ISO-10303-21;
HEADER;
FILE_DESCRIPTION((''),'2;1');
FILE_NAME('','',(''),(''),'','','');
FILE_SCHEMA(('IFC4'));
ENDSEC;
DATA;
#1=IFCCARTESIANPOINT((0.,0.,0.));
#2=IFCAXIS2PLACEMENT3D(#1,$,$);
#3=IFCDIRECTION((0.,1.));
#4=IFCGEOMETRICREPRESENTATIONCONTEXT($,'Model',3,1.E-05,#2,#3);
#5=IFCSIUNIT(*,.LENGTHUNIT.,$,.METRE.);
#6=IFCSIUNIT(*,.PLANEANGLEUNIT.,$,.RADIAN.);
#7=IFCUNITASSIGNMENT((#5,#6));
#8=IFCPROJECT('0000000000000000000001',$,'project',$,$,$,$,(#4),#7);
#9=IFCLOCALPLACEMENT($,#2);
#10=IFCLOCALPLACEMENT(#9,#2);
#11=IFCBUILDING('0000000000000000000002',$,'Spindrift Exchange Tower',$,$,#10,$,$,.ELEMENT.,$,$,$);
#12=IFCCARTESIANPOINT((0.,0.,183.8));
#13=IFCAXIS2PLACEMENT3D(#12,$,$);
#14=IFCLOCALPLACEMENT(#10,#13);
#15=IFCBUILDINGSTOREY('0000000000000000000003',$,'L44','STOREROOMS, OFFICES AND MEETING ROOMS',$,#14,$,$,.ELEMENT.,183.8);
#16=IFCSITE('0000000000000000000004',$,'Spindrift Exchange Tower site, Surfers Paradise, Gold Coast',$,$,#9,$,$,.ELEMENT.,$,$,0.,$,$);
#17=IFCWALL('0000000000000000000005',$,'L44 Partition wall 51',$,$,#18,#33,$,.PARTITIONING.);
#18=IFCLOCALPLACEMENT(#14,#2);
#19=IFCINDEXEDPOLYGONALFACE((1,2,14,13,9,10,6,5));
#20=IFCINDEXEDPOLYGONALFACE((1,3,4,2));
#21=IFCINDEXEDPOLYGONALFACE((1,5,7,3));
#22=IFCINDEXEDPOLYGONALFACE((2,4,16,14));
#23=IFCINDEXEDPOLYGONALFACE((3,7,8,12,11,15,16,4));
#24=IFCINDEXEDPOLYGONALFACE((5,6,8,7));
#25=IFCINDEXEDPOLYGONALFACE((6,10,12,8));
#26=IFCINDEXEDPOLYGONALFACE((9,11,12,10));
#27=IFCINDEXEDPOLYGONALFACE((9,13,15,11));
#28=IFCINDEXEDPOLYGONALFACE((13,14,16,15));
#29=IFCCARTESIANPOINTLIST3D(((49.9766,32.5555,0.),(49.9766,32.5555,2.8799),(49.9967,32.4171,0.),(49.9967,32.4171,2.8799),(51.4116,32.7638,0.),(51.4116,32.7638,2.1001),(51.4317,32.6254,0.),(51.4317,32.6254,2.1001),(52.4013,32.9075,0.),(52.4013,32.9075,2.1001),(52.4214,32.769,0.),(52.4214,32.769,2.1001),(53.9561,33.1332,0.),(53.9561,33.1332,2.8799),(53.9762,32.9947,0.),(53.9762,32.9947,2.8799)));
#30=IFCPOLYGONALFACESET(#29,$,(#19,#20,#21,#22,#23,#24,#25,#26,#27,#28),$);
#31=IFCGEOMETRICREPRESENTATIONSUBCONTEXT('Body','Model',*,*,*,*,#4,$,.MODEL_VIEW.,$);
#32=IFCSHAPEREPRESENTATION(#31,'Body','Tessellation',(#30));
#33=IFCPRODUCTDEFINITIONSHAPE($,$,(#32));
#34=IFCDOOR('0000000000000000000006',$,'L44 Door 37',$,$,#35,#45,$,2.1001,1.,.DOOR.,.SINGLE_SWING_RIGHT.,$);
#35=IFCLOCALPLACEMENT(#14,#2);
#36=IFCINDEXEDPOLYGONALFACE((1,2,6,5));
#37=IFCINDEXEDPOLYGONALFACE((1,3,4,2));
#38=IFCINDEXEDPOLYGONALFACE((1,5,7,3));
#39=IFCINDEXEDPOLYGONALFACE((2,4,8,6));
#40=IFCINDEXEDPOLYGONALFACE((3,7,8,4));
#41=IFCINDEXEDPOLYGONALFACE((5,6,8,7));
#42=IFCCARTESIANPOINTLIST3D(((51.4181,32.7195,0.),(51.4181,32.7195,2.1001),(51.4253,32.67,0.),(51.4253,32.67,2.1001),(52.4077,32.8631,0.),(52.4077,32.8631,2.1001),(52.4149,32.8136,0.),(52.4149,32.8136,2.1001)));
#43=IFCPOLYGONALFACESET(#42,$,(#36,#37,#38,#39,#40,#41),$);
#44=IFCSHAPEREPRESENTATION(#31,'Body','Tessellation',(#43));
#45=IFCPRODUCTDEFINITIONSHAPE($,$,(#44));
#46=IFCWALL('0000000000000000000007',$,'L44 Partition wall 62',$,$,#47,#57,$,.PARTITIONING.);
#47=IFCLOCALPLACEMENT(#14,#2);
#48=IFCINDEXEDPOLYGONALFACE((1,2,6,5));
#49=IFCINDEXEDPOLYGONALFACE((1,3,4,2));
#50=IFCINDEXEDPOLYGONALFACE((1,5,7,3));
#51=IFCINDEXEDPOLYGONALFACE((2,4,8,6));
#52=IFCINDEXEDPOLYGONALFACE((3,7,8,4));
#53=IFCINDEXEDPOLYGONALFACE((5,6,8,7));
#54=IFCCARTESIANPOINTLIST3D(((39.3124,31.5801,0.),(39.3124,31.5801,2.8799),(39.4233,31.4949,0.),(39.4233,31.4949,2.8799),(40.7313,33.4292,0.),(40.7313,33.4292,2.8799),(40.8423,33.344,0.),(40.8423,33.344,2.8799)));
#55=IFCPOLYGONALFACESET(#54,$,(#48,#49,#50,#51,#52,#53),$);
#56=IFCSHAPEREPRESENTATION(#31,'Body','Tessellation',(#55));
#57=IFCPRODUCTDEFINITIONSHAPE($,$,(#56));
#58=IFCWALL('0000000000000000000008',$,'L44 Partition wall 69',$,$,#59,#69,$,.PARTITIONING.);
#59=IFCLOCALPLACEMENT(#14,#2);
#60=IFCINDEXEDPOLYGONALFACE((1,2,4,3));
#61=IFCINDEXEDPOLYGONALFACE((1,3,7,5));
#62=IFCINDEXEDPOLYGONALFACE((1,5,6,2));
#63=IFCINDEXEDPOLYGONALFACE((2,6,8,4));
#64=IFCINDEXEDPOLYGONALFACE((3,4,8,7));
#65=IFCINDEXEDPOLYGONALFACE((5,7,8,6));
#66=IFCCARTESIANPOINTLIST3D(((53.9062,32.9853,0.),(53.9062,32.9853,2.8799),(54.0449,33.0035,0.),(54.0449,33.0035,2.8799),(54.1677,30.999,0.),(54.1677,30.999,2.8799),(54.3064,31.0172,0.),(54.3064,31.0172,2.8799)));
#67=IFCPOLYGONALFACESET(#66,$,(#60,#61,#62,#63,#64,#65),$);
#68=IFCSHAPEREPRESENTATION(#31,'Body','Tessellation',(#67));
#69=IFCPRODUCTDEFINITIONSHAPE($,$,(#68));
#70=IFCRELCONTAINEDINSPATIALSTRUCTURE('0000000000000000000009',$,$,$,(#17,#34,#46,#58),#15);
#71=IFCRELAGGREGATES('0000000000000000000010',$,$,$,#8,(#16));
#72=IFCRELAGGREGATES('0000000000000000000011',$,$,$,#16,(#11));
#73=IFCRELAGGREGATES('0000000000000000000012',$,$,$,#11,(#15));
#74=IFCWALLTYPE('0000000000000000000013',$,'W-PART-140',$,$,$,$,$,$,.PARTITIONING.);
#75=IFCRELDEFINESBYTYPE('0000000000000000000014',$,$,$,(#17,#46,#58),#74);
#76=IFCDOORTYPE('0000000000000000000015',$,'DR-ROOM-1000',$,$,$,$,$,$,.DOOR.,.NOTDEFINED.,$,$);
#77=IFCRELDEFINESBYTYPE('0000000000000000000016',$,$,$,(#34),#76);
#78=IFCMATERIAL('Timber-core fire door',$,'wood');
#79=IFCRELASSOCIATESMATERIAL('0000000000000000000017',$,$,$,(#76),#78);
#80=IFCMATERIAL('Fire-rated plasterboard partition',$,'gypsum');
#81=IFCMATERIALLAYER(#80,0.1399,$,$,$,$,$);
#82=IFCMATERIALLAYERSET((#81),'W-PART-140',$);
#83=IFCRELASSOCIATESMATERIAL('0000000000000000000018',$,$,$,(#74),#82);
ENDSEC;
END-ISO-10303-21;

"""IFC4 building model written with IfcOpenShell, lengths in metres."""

from ifc_helpers import new_model, si_unit, direction, frame, frame_2d, origin, place, context, subcontext, project, spatial, rectangle, extrude, source, transform, mapped, material, layer, layer_set, type_object, element, fill, save


model = new_model("IFC4")

# Units and contexts
model_context = context("Model", 3, precision=1e-05, world=origin(), true_north=direction((0.0, 1.0)))
body_context = subcontext(model_context, "Body", "Model", "MODEL_VIEW")
ifc_project = project(units=[si_unit("LENGTHUNIT", "METRE"), si_unit("PLANEANGLEUNIT", "RADIAN")], contexts=[model_context])

# Site, building, storey
site_placement = place(None, origin())
site = spatial("IfcSite", under=ifc_project, at=site_placement, Name="Spindrift Exchange Tower site, Surfers Paradise, Gold Coast", CompositionType="ELEMENT", RefElevation=0.0)
building_placement = place(site_placement, origin())
building = spatial("IfcBuilding", under=site, at=building_placement, Name="Spindrift Exchange Tower", CompositionType="ELEMENT")
storey_placement = place(building_placement, frame((0.0, 0.0, 183.8)))
storey = spatial("IfcBuildingStorey", under=building, at=storey_placement, Name="L44", Description="STOREROOMS, OFFICES AND MEETING ROOMS", CompositionType="ELEMENT", Elevation=183.8)

# Shared definitions
ifc_material_1 = material(Name="Fire-rated plasterboard partition", Category="gypsum")
ifc_material_2 = material(Name="Timber-core fire door", Category="wood")
door_type = type_object("IfcDoorType", Name="DR-ROOM-1000", OperationType="NOTDEFINED", PredefinedType="DOOR", material=ifc_material_2)
shared_shape_1 = source(origin(), body_context, "Body", "SweptSolid", [
    extrude(rectangle(XDim=1.0, YDim=2.1001, at=frame_2d((0.5, 1.05))), frame((0.0, 0.0249, 0.0), z_axis=(0.0, -1.0, 0.0), x_axis=(1.0, 0.0, 0.0)), (0.0, 0.0, 1.0), 0.05),
])

# Shared definitions
ifc_layer_1 = layer(ifc_material_1, 0.1399)
ifc_layer_set_1 = layer_set([ifc_layer_1], Name="W-PART-140")
wall_type_1 = type_object("IfcWallType", Name="W-PART-140", PredefinedType="PARTITIONING", material=ifc_layer_set_1)

# Wall, opening, door
wall_1_placement = place(storey_placement, frame((53.9663, 33.064, 0.0), z_axis=(0.0, 0.0, 1.0), x_axis=(-0.989629, -0.143648, 0.0)))
wall_1 = element("IfcWall", 1, at=wall_1_placement, inside=storey, type_object=wall_type_1, Name="L44 Partition wall 51", PredefinedType="PARTITIONING", context=body_context, shape_type="SweptSolid", body=[
    extrude(rectangle(XDim=4.0212, YDim=0.1399, at=frame_2d((2.0107, 0.0))), origin(), (0.0, 0.0, 1.0), 2.8799),
])
opening_1_placement = place(wall_1_placement, frame((1.5713, 0.0, 0.0)))
opening_1 = element("IfcOpeningElement", 2, at=opening_1_placement, cuts=wall_1, PredefinedType="OPENING", context=body_context, shape_type="SweptSolid", body=[
    extrude(rectangle(XDim=1.0, YDim=2.1001, at=frame_2d((0.5, 1.05))), frame((0.0, 0.0798, 0.0), z_axis=(0.0, -1.0, 0.0), x_axis=(1.0, 0.0, 0.0)), (0.0, 0.0, 1.0), 0.1599),
])
door_1_placement = place(opening_1_placement, origin())
door_1 = element("IfcDoor", 3, at=door_1_placement, inside=storey, type_object=door_type, Name="L44 Door 37", OperationType="SINGLE_SWING_RIGHT", OverallHeight=2.1001, OverallWidth=1.0, PredefinedType="DOOR", context=body_context, shape_type="MappedRepresentation", body=[
    mapped(shared_shape_1, transform((0.0, 0.0, 0.0), scale=1.0)),
])
fill(opening_1, door_1)

# Walls
wall_2_placement = place(storey_placement, frame((40.7869, 33.3867, 0.0), z_axis=(0.0, 0.0, 1.0), x_axis=(-0.608779, -0.79334, 0.0)))
element("IfcWall", 4, at=wall_2_placement, inside=storey, type_object=wall_type_1, Name="L44 Partition wall 62", PredefinedType="PARTITIONING", context=body_context, shape_type="SweptSolid", body=[
    extrude(rectangle(XDim=2.3308, YDim=0.1399, at=frame_2d((1.1655, 0.0))), origin(), (0.0, 0.0, 1.0), 2.8799),
])
wall_3_placement = place(storey_placement, frame((53.9756, 32.9944, 0.0), z_axis=(0.0, 0.0, 1.0), x_axis=(0.130511, -0.991447, 0.0)))
element("IfcWall", 5, at=wall_3_placement, inside=storey, type_object=wall_type_1, Name="L44 Partition wall 69", PredefinedType="PARTITIONING", context=body_context, shape_type="SweptSolid", body=[
    extrude(rectangle(XDim=2.0034, YDim=0.1399, at=frame_2d((1.0017, 0.0))), origin(), (0.0, 0.0, 1.0), 2.8799),
])

save(model, "model.ifc")
